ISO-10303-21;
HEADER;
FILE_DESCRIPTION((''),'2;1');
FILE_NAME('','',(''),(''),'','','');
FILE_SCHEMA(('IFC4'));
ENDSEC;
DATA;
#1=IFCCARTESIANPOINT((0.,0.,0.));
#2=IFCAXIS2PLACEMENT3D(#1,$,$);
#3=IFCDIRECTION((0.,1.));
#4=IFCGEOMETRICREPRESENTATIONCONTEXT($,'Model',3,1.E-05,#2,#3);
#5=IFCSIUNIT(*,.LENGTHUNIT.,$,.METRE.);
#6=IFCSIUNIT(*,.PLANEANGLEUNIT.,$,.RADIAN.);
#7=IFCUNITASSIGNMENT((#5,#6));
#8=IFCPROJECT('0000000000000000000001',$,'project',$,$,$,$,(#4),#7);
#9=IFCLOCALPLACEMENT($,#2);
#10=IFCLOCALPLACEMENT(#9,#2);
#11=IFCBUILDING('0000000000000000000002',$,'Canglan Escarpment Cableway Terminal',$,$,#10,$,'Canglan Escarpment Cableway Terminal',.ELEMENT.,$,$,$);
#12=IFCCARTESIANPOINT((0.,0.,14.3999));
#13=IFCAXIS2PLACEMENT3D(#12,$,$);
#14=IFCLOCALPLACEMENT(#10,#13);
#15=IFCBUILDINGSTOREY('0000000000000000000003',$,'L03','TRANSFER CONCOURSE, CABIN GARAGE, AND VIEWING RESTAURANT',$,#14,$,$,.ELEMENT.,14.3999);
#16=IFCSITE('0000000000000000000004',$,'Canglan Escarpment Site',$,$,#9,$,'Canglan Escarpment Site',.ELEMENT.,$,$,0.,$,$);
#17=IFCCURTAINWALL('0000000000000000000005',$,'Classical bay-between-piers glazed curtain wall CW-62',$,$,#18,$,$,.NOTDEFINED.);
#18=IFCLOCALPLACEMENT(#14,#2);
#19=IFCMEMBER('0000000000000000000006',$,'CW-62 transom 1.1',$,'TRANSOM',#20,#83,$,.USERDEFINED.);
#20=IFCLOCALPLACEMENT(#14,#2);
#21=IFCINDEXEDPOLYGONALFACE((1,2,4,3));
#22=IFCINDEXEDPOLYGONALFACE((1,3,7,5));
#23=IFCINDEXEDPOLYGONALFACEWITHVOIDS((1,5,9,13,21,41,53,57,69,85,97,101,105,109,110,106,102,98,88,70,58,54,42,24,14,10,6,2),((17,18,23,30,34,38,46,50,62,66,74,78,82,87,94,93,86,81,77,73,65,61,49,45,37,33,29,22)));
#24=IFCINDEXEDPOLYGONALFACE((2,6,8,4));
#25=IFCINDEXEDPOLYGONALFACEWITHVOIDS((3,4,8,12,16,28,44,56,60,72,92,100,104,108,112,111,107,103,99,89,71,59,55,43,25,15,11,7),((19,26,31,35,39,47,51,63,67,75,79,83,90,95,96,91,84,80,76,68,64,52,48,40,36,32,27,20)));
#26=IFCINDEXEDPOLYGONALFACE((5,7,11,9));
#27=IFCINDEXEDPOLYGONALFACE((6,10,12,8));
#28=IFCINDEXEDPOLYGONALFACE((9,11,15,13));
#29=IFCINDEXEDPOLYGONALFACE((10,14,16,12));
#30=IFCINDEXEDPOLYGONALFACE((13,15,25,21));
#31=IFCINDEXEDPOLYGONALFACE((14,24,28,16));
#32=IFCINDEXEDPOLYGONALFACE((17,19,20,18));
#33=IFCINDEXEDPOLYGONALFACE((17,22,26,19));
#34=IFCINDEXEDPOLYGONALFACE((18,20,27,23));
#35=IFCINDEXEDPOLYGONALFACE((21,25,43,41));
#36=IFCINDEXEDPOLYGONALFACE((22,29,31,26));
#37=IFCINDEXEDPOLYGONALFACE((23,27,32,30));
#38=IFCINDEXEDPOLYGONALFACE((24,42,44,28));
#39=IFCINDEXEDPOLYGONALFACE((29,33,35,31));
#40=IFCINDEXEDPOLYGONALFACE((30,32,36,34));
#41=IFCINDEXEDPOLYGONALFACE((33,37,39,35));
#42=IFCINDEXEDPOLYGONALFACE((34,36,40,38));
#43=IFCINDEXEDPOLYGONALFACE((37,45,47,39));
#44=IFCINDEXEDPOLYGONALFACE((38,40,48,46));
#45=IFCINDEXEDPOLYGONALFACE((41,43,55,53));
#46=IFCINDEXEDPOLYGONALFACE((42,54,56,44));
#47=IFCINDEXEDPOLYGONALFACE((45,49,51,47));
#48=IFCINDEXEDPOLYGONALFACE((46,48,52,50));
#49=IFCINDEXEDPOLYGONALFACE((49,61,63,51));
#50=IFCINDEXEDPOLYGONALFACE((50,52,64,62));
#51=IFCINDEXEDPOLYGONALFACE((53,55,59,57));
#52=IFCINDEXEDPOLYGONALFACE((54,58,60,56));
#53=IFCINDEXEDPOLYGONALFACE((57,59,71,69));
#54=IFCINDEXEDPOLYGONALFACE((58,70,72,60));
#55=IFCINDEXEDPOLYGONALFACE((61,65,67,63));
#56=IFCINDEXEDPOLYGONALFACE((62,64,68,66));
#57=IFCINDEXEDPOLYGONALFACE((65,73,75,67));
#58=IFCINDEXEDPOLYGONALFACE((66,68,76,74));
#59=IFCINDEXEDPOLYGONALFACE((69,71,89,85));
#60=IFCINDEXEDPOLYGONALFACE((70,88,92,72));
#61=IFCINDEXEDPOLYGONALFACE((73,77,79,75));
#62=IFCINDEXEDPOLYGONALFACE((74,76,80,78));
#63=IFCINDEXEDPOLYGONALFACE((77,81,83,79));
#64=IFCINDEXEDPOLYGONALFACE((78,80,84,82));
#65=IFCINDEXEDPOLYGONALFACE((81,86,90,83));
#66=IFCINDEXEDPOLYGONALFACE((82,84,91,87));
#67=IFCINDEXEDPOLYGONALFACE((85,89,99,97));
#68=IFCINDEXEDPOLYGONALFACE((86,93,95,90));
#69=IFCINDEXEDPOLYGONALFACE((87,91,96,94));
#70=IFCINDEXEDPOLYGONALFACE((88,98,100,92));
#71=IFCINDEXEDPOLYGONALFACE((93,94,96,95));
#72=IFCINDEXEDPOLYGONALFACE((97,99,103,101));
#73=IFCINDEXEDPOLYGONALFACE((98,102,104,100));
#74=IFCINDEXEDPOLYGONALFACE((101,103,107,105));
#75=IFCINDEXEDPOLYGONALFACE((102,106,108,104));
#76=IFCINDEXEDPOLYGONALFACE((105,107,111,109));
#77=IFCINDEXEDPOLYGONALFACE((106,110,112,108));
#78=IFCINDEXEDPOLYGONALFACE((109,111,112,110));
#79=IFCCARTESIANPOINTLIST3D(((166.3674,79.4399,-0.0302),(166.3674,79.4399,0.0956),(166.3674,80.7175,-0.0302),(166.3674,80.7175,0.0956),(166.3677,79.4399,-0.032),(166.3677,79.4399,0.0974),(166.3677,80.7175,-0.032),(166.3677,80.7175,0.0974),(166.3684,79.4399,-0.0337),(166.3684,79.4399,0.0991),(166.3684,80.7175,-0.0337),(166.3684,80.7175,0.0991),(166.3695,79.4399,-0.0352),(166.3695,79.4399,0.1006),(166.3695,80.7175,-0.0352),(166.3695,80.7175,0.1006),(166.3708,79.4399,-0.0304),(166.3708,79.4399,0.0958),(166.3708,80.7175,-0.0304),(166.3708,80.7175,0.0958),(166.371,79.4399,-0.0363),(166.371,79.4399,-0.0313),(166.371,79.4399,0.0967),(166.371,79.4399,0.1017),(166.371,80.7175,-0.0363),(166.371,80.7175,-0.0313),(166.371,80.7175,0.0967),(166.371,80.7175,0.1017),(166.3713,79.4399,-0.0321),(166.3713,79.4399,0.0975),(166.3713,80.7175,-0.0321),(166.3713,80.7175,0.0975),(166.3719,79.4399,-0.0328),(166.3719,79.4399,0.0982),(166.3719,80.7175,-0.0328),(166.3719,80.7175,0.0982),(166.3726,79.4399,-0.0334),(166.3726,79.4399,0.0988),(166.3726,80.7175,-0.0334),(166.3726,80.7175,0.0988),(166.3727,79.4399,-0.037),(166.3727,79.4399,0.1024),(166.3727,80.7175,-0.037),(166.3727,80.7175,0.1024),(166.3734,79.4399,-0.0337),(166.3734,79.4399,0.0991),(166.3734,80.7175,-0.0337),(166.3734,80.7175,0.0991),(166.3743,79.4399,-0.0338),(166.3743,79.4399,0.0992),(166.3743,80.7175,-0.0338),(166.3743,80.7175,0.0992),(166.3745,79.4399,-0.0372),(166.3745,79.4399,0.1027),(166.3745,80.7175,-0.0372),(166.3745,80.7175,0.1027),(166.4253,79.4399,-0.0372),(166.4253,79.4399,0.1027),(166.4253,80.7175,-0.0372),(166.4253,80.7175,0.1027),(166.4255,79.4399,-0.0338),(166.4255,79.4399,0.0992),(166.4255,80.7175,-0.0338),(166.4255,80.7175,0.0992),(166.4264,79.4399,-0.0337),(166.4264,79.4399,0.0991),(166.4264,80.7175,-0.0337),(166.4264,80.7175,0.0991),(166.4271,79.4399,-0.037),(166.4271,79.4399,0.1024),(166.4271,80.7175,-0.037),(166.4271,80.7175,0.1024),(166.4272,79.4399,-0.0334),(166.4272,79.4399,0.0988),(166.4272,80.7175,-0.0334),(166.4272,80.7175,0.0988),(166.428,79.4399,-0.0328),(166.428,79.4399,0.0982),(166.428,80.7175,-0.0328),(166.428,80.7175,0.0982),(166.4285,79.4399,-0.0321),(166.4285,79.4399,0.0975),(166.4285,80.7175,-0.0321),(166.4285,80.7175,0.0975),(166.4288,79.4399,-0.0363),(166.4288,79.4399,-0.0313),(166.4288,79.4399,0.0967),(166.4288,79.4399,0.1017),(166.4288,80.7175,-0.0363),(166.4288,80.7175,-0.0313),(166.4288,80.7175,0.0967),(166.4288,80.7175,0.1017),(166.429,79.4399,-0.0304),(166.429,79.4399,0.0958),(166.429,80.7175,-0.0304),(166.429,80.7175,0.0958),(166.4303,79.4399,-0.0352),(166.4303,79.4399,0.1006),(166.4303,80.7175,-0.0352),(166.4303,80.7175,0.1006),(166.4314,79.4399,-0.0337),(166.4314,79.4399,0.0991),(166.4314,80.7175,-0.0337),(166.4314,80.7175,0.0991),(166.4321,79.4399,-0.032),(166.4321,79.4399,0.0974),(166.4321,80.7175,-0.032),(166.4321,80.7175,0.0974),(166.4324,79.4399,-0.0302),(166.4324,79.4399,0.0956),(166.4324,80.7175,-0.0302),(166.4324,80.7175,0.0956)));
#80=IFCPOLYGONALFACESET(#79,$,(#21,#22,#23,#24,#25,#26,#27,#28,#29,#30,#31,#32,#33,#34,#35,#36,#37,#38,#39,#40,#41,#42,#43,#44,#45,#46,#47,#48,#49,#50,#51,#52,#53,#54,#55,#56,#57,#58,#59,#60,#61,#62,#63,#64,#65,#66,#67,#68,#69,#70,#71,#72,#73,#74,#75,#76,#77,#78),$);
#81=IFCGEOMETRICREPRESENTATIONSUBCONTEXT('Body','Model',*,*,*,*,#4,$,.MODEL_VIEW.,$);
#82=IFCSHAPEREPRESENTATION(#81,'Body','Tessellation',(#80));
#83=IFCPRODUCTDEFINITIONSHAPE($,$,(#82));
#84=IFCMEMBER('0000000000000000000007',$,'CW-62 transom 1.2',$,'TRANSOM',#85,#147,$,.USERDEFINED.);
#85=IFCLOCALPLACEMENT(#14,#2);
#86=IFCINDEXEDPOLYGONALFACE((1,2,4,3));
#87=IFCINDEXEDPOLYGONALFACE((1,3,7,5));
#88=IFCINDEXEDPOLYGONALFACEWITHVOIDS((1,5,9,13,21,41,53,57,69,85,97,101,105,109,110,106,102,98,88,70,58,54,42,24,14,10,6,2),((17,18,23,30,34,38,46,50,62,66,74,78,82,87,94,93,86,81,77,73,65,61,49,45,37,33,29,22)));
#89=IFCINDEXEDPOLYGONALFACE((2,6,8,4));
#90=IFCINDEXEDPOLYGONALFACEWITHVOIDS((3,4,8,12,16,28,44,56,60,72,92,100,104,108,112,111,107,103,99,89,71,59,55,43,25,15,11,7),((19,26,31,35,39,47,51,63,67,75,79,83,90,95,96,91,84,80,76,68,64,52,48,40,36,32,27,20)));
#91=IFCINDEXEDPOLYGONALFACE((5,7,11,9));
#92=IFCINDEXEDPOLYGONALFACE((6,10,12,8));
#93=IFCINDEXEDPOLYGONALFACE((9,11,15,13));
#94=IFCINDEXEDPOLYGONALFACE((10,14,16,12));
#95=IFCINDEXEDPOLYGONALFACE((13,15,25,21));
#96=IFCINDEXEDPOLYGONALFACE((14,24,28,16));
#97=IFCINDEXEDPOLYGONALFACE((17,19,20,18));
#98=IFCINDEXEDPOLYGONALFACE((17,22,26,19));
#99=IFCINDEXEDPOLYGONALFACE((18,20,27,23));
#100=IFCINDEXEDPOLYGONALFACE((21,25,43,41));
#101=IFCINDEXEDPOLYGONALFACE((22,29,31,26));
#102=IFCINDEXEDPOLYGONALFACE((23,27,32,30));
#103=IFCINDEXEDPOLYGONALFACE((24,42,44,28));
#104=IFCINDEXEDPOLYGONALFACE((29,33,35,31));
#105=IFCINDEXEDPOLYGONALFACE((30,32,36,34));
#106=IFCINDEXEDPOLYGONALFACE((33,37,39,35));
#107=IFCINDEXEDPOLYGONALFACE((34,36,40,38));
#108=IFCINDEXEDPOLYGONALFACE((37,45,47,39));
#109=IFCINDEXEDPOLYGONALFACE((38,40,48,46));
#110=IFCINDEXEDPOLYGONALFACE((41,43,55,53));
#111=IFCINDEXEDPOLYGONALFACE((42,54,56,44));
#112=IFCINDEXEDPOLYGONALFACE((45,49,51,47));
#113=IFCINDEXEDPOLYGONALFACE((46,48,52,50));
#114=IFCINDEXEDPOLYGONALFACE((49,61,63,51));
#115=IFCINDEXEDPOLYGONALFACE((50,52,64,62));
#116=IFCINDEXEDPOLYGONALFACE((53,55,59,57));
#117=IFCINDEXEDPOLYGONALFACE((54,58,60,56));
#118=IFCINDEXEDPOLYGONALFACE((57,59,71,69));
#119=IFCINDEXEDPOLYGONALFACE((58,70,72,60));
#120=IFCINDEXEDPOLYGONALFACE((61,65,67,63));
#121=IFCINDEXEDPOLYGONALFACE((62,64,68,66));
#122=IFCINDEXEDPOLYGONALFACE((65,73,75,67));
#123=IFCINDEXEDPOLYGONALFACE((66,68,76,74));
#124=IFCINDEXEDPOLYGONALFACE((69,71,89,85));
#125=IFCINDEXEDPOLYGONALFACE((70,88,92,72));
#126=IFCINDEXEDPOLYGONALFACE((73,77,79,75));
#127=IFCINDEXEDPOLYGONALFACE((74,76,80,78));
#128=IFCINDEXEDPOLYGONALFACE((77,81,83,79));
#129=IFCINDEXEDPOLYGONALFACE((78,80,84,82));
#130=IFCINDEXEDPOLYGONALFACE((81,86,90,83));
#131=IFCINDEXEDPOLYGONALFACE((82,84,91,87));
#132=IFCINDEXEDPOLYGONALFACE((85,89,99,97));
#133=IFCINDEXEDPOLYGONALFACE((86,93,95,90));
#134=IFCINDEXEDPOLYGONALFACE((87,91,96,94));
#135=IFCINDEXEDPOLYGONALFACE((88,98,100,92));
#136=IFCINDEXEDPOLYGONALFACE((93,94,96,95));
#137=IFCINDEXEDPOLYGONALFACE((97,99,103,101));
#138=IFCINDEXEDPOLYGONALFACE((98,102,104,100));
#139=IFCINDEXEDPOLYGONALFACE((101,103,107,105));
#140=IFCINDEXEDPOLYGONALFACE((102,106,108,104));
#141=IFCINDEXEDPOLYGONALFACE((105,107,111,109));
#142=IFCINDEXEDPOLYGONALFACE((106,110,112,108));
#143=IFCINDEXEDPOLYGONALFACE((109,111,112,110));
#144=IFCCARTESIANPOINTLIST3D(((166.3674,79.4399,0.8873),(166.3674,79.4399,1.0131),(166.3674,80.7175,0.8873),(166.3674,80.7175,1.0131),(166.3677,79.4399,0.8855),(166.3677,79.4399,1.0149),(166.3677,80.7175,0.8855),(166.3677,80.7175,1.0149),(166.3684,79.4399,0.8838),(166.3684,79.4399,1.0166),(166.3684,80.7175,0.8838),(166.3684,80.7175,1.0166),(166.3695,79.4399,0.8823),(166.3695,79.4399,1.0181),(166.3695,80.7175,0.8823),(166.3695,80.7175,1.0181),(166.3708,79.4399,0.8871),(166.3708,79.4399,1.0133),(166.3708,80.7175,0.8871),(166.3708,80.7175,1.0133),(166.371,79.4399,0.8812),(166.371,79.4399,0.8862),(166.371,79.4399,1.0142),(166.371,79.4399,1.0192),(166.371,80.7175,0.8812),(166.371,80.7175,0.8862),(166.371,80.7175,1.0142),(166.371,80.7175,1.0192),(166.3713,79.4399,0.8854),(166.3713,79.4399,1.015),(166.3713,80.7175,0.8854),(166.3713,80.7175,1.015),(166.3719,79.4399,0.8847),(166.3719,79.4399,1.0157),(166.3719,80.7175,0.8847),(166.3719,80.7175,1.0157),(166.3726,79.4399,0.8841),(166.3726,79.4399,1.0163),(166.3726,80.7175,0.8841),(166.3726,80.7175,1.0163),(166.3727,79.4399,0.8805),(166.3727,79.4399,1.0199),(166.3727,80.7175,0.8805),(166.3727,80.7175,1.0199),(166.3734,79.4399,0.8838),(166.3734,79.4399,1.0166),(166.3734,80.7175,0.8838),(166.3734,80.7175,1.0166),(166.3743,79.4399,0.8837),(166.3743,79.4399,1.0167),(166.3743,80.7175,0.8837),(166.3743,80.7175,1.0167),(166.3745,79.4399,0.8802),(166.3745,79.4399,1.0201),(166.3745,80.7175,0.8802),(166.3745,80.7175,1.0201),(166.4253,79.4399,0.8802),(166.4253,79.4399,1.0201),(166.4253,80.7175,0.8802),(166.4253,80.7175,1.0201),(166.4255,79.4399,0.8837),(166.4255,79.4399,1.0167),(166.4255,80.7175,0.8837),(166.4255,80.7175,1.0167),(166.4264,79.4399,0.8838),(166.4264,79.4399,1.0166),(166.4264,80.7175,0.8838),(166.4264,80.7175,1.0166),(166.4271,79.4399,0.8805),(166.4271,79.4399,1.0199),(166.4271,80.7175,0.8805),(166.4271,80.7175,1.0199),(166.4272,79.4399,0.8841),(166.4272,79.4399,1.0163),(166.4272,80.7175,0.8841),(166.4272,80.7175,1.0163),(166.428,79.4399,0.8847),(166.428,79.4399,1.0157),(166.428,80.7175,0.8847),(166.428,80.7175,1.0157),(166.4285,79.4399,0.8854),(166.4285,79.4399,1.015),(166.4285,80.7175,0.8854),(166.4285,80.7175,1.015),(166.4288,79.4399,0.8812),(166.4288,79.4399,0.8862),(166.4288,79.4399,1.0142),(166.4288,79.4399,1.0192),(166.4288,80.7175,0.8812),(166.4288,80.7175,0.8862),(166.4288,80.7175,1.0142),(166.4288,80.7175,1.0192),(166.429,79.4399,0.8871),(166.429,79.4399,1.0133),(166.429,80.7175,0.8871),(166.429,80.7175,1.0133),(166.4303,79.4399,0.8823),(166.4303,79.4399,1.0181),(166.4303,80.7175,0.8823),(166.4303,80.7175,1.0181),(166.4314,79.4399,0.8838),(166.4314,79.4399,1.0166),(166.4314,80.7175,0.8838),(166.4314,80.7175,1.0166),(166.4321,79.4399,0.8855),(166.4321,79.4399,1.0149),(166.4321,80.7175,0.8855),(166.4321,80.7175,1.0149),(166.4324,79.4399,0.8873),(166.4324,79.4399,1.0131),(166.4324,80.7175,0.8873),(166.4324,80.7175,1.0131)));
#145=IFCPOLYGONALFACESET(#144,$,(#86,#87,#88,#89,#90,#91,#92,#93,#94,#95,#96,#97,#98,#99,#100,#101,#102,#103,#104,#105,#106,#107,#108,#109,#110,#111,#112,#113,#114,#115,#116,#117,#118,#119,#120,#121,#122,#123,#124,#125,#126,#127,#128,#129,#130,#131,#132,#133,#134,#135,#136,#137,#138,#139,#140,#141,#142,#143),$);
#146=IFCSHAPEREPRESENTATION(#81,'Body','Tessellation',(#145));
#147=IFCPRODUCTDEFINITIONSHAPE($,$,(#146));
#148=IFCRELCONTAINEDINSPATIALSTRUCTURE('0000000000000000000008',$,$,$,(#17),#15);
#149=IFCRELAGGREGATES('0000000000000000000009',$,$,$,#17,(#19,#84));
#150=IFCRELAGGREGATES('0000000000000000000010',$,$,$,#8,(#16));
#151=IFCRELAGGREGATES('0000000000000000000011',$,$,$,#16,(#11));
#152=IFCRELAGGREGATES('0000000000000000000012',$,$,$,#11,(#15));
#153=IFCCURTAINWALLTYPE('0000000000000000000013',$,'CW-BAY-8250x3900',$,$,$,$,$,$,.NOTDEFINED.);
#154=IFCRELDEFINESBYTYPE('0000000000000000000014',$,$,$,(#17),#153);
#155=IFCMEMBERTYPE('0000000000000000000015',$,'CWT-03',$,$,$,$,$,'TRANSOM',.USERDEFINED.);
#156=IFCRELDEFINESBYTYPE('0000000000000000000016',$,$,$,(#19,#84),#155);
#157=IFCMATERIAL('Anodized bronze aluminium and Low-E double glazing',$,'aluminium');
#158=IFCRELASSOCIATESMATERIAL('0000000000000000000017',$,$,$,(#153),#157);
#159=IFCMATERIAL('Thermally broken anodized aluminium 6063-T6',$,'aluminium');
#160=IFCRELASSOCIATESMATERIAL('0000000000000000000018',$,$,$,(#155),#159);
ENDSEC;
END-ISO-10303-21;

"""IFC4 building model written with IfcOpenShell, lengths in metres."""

from ifc_helpers import new_model, si_unit, direction, frame, origin, origin_2d, place, context, subcontext, project, spatial, hollow_rectangle, extrude, material, material_profile, profile_set, type_object, element, aggregate, save


model = new_model("IFC4")

# Units and contexts
model_context = context("Model", 3, precision=1e-05, world=origin(), true_north=direction((0.0, 1.0)))
body_context = subcontext(model_context, "Body", "Model", "MODEL_VIEW")
ifc_project = project(units=[si_unit("LENGTHUNIT", "METRE"), si_unit("PLANEANGLEUNIT", "RADIAN")], contexts=[model_context])

# Site, building, storey
site_placement = place(None, origin())
site = spatial("IfcSite", under=ifc_project, at=site_placement, Name="Canglan Escarpment Site", LongName="Canglan Escarpment Site", CompositionType="ELEMENT", RefElevation=0.0)
building_placement = place(site_placement, origin())
building = spatial("IfcBuilding", under=site, at=building_placement, Name="Canglan Escarpment Cableway Terminal", LongName="Canglan Escarpment Cableway Terminal", CompositionType="ELEMENT")
storey_placement = place(building_placement, frame((0.0, 0.0, 14.3999)))
storey = spatial("IfcBuildingStorey", under=building, at=storey_placement, Name="L03", Description="TRANSFER CONCOURSE, CABIN GARAGE, AND VIEWING RESTAURANT", CompositionType="ELEMENT", Elevation=14.3999)

# Curtain wall, members
ifc_material_1 = material(Name="Anodized bronze aluminium and Low-E double glazing", Category="aluminium")
curtain_wall_type = type_object("IfcCurtainWallType", Name="CW-BAY-8250x3900", PredefinedType="NOTDEFINED", material=ifc_material_1)
curtain_wall_placement = place(storey_placement, origin())
curtain_wall = element("IfcCurtainWall", 1, at=curtain_wall_placement, inside=storey, type_object=curtain_wall_type, Name="Classical bay-between-piers glazed curtain wall CW-62", PredefinedType="NOTDEFINED")
ifc_material_2 = material(Name="Thermally broken anodized aluminium 6063-T6", Category="aluminium")
ifc_material_profile_1 = material_profile(ifc_material_2, hollow_rectangle(XDim=0.0649, YDim=0.1399, WallThickness=0.0034, InnerFilletRadius=0.0034, OuterFilletRadius=0.0071, at=origin_2d()), Name="ALU-TRAN 65x140x3.5")
ifc_profile_set_1 = profile_set([ifc_material_profile_1], Name="Thermally broken anodized aluminium 6063-T6")
member_type_1 = type_object("IfcMemberType", Name="CWT-03", ElementType="TRANSOM", PredefinedType="USERDEFINED", material=ifc_profile_set_1)
member_1_placement = place(storey_placement, frame((166.3999, 79.4399, 0.0327), z_axis=(0.0, 1.0, 0.0), x_axis=(-1.0, 0.0, 0.0)))
member_1 = element("IfcMember", 2, at=member_1_placement, type_object=member_type_1, Name="CW-62 transom 1.1", ObjectType="TRANSOM", PredefinedType="USERDEFINED", context=body_context, shape_type="SweptSolid", body=[
    extrude(hollow_rectangle(XDim=0.0649, YDim=0.1399, WallThickness=0.0034, InnerFilletRadius=0.0034, OuterFilletRadius=0.0071, at=origin_2d()), origin(), (0.0, 0.0, 1.0), 1.2776),
])
member_2_placement = place(storey_placement, frame((166.3999, 79.4399, 0.9502), z_axis=(0.0, 1.0, 0.0), x_axis=(-1.0, 0.0, 0.0)))
member_2 = element("IfcMember", 3, at=member_2_placement, type_object=member_type_1, Name="CW-62 transom 1.2", ObjectType="TRANSOM", PredefinedType="USERDEFINED", context=body_context, shape_type="SweptSolid", body=[
    extrude(hollow_rectangle(XDim=0.0649, YDim=0.1399, WallThickness=0.0034, InnerFilletRadius=0.0034, OuterFilletRadius=0.0071, at=origin_2d()), origin(), (0.0, 0.0, 1.0), 1.2776),
])
aggregate(curtain_wall, [member_1, member_2])

save(model, "model.ifc")
